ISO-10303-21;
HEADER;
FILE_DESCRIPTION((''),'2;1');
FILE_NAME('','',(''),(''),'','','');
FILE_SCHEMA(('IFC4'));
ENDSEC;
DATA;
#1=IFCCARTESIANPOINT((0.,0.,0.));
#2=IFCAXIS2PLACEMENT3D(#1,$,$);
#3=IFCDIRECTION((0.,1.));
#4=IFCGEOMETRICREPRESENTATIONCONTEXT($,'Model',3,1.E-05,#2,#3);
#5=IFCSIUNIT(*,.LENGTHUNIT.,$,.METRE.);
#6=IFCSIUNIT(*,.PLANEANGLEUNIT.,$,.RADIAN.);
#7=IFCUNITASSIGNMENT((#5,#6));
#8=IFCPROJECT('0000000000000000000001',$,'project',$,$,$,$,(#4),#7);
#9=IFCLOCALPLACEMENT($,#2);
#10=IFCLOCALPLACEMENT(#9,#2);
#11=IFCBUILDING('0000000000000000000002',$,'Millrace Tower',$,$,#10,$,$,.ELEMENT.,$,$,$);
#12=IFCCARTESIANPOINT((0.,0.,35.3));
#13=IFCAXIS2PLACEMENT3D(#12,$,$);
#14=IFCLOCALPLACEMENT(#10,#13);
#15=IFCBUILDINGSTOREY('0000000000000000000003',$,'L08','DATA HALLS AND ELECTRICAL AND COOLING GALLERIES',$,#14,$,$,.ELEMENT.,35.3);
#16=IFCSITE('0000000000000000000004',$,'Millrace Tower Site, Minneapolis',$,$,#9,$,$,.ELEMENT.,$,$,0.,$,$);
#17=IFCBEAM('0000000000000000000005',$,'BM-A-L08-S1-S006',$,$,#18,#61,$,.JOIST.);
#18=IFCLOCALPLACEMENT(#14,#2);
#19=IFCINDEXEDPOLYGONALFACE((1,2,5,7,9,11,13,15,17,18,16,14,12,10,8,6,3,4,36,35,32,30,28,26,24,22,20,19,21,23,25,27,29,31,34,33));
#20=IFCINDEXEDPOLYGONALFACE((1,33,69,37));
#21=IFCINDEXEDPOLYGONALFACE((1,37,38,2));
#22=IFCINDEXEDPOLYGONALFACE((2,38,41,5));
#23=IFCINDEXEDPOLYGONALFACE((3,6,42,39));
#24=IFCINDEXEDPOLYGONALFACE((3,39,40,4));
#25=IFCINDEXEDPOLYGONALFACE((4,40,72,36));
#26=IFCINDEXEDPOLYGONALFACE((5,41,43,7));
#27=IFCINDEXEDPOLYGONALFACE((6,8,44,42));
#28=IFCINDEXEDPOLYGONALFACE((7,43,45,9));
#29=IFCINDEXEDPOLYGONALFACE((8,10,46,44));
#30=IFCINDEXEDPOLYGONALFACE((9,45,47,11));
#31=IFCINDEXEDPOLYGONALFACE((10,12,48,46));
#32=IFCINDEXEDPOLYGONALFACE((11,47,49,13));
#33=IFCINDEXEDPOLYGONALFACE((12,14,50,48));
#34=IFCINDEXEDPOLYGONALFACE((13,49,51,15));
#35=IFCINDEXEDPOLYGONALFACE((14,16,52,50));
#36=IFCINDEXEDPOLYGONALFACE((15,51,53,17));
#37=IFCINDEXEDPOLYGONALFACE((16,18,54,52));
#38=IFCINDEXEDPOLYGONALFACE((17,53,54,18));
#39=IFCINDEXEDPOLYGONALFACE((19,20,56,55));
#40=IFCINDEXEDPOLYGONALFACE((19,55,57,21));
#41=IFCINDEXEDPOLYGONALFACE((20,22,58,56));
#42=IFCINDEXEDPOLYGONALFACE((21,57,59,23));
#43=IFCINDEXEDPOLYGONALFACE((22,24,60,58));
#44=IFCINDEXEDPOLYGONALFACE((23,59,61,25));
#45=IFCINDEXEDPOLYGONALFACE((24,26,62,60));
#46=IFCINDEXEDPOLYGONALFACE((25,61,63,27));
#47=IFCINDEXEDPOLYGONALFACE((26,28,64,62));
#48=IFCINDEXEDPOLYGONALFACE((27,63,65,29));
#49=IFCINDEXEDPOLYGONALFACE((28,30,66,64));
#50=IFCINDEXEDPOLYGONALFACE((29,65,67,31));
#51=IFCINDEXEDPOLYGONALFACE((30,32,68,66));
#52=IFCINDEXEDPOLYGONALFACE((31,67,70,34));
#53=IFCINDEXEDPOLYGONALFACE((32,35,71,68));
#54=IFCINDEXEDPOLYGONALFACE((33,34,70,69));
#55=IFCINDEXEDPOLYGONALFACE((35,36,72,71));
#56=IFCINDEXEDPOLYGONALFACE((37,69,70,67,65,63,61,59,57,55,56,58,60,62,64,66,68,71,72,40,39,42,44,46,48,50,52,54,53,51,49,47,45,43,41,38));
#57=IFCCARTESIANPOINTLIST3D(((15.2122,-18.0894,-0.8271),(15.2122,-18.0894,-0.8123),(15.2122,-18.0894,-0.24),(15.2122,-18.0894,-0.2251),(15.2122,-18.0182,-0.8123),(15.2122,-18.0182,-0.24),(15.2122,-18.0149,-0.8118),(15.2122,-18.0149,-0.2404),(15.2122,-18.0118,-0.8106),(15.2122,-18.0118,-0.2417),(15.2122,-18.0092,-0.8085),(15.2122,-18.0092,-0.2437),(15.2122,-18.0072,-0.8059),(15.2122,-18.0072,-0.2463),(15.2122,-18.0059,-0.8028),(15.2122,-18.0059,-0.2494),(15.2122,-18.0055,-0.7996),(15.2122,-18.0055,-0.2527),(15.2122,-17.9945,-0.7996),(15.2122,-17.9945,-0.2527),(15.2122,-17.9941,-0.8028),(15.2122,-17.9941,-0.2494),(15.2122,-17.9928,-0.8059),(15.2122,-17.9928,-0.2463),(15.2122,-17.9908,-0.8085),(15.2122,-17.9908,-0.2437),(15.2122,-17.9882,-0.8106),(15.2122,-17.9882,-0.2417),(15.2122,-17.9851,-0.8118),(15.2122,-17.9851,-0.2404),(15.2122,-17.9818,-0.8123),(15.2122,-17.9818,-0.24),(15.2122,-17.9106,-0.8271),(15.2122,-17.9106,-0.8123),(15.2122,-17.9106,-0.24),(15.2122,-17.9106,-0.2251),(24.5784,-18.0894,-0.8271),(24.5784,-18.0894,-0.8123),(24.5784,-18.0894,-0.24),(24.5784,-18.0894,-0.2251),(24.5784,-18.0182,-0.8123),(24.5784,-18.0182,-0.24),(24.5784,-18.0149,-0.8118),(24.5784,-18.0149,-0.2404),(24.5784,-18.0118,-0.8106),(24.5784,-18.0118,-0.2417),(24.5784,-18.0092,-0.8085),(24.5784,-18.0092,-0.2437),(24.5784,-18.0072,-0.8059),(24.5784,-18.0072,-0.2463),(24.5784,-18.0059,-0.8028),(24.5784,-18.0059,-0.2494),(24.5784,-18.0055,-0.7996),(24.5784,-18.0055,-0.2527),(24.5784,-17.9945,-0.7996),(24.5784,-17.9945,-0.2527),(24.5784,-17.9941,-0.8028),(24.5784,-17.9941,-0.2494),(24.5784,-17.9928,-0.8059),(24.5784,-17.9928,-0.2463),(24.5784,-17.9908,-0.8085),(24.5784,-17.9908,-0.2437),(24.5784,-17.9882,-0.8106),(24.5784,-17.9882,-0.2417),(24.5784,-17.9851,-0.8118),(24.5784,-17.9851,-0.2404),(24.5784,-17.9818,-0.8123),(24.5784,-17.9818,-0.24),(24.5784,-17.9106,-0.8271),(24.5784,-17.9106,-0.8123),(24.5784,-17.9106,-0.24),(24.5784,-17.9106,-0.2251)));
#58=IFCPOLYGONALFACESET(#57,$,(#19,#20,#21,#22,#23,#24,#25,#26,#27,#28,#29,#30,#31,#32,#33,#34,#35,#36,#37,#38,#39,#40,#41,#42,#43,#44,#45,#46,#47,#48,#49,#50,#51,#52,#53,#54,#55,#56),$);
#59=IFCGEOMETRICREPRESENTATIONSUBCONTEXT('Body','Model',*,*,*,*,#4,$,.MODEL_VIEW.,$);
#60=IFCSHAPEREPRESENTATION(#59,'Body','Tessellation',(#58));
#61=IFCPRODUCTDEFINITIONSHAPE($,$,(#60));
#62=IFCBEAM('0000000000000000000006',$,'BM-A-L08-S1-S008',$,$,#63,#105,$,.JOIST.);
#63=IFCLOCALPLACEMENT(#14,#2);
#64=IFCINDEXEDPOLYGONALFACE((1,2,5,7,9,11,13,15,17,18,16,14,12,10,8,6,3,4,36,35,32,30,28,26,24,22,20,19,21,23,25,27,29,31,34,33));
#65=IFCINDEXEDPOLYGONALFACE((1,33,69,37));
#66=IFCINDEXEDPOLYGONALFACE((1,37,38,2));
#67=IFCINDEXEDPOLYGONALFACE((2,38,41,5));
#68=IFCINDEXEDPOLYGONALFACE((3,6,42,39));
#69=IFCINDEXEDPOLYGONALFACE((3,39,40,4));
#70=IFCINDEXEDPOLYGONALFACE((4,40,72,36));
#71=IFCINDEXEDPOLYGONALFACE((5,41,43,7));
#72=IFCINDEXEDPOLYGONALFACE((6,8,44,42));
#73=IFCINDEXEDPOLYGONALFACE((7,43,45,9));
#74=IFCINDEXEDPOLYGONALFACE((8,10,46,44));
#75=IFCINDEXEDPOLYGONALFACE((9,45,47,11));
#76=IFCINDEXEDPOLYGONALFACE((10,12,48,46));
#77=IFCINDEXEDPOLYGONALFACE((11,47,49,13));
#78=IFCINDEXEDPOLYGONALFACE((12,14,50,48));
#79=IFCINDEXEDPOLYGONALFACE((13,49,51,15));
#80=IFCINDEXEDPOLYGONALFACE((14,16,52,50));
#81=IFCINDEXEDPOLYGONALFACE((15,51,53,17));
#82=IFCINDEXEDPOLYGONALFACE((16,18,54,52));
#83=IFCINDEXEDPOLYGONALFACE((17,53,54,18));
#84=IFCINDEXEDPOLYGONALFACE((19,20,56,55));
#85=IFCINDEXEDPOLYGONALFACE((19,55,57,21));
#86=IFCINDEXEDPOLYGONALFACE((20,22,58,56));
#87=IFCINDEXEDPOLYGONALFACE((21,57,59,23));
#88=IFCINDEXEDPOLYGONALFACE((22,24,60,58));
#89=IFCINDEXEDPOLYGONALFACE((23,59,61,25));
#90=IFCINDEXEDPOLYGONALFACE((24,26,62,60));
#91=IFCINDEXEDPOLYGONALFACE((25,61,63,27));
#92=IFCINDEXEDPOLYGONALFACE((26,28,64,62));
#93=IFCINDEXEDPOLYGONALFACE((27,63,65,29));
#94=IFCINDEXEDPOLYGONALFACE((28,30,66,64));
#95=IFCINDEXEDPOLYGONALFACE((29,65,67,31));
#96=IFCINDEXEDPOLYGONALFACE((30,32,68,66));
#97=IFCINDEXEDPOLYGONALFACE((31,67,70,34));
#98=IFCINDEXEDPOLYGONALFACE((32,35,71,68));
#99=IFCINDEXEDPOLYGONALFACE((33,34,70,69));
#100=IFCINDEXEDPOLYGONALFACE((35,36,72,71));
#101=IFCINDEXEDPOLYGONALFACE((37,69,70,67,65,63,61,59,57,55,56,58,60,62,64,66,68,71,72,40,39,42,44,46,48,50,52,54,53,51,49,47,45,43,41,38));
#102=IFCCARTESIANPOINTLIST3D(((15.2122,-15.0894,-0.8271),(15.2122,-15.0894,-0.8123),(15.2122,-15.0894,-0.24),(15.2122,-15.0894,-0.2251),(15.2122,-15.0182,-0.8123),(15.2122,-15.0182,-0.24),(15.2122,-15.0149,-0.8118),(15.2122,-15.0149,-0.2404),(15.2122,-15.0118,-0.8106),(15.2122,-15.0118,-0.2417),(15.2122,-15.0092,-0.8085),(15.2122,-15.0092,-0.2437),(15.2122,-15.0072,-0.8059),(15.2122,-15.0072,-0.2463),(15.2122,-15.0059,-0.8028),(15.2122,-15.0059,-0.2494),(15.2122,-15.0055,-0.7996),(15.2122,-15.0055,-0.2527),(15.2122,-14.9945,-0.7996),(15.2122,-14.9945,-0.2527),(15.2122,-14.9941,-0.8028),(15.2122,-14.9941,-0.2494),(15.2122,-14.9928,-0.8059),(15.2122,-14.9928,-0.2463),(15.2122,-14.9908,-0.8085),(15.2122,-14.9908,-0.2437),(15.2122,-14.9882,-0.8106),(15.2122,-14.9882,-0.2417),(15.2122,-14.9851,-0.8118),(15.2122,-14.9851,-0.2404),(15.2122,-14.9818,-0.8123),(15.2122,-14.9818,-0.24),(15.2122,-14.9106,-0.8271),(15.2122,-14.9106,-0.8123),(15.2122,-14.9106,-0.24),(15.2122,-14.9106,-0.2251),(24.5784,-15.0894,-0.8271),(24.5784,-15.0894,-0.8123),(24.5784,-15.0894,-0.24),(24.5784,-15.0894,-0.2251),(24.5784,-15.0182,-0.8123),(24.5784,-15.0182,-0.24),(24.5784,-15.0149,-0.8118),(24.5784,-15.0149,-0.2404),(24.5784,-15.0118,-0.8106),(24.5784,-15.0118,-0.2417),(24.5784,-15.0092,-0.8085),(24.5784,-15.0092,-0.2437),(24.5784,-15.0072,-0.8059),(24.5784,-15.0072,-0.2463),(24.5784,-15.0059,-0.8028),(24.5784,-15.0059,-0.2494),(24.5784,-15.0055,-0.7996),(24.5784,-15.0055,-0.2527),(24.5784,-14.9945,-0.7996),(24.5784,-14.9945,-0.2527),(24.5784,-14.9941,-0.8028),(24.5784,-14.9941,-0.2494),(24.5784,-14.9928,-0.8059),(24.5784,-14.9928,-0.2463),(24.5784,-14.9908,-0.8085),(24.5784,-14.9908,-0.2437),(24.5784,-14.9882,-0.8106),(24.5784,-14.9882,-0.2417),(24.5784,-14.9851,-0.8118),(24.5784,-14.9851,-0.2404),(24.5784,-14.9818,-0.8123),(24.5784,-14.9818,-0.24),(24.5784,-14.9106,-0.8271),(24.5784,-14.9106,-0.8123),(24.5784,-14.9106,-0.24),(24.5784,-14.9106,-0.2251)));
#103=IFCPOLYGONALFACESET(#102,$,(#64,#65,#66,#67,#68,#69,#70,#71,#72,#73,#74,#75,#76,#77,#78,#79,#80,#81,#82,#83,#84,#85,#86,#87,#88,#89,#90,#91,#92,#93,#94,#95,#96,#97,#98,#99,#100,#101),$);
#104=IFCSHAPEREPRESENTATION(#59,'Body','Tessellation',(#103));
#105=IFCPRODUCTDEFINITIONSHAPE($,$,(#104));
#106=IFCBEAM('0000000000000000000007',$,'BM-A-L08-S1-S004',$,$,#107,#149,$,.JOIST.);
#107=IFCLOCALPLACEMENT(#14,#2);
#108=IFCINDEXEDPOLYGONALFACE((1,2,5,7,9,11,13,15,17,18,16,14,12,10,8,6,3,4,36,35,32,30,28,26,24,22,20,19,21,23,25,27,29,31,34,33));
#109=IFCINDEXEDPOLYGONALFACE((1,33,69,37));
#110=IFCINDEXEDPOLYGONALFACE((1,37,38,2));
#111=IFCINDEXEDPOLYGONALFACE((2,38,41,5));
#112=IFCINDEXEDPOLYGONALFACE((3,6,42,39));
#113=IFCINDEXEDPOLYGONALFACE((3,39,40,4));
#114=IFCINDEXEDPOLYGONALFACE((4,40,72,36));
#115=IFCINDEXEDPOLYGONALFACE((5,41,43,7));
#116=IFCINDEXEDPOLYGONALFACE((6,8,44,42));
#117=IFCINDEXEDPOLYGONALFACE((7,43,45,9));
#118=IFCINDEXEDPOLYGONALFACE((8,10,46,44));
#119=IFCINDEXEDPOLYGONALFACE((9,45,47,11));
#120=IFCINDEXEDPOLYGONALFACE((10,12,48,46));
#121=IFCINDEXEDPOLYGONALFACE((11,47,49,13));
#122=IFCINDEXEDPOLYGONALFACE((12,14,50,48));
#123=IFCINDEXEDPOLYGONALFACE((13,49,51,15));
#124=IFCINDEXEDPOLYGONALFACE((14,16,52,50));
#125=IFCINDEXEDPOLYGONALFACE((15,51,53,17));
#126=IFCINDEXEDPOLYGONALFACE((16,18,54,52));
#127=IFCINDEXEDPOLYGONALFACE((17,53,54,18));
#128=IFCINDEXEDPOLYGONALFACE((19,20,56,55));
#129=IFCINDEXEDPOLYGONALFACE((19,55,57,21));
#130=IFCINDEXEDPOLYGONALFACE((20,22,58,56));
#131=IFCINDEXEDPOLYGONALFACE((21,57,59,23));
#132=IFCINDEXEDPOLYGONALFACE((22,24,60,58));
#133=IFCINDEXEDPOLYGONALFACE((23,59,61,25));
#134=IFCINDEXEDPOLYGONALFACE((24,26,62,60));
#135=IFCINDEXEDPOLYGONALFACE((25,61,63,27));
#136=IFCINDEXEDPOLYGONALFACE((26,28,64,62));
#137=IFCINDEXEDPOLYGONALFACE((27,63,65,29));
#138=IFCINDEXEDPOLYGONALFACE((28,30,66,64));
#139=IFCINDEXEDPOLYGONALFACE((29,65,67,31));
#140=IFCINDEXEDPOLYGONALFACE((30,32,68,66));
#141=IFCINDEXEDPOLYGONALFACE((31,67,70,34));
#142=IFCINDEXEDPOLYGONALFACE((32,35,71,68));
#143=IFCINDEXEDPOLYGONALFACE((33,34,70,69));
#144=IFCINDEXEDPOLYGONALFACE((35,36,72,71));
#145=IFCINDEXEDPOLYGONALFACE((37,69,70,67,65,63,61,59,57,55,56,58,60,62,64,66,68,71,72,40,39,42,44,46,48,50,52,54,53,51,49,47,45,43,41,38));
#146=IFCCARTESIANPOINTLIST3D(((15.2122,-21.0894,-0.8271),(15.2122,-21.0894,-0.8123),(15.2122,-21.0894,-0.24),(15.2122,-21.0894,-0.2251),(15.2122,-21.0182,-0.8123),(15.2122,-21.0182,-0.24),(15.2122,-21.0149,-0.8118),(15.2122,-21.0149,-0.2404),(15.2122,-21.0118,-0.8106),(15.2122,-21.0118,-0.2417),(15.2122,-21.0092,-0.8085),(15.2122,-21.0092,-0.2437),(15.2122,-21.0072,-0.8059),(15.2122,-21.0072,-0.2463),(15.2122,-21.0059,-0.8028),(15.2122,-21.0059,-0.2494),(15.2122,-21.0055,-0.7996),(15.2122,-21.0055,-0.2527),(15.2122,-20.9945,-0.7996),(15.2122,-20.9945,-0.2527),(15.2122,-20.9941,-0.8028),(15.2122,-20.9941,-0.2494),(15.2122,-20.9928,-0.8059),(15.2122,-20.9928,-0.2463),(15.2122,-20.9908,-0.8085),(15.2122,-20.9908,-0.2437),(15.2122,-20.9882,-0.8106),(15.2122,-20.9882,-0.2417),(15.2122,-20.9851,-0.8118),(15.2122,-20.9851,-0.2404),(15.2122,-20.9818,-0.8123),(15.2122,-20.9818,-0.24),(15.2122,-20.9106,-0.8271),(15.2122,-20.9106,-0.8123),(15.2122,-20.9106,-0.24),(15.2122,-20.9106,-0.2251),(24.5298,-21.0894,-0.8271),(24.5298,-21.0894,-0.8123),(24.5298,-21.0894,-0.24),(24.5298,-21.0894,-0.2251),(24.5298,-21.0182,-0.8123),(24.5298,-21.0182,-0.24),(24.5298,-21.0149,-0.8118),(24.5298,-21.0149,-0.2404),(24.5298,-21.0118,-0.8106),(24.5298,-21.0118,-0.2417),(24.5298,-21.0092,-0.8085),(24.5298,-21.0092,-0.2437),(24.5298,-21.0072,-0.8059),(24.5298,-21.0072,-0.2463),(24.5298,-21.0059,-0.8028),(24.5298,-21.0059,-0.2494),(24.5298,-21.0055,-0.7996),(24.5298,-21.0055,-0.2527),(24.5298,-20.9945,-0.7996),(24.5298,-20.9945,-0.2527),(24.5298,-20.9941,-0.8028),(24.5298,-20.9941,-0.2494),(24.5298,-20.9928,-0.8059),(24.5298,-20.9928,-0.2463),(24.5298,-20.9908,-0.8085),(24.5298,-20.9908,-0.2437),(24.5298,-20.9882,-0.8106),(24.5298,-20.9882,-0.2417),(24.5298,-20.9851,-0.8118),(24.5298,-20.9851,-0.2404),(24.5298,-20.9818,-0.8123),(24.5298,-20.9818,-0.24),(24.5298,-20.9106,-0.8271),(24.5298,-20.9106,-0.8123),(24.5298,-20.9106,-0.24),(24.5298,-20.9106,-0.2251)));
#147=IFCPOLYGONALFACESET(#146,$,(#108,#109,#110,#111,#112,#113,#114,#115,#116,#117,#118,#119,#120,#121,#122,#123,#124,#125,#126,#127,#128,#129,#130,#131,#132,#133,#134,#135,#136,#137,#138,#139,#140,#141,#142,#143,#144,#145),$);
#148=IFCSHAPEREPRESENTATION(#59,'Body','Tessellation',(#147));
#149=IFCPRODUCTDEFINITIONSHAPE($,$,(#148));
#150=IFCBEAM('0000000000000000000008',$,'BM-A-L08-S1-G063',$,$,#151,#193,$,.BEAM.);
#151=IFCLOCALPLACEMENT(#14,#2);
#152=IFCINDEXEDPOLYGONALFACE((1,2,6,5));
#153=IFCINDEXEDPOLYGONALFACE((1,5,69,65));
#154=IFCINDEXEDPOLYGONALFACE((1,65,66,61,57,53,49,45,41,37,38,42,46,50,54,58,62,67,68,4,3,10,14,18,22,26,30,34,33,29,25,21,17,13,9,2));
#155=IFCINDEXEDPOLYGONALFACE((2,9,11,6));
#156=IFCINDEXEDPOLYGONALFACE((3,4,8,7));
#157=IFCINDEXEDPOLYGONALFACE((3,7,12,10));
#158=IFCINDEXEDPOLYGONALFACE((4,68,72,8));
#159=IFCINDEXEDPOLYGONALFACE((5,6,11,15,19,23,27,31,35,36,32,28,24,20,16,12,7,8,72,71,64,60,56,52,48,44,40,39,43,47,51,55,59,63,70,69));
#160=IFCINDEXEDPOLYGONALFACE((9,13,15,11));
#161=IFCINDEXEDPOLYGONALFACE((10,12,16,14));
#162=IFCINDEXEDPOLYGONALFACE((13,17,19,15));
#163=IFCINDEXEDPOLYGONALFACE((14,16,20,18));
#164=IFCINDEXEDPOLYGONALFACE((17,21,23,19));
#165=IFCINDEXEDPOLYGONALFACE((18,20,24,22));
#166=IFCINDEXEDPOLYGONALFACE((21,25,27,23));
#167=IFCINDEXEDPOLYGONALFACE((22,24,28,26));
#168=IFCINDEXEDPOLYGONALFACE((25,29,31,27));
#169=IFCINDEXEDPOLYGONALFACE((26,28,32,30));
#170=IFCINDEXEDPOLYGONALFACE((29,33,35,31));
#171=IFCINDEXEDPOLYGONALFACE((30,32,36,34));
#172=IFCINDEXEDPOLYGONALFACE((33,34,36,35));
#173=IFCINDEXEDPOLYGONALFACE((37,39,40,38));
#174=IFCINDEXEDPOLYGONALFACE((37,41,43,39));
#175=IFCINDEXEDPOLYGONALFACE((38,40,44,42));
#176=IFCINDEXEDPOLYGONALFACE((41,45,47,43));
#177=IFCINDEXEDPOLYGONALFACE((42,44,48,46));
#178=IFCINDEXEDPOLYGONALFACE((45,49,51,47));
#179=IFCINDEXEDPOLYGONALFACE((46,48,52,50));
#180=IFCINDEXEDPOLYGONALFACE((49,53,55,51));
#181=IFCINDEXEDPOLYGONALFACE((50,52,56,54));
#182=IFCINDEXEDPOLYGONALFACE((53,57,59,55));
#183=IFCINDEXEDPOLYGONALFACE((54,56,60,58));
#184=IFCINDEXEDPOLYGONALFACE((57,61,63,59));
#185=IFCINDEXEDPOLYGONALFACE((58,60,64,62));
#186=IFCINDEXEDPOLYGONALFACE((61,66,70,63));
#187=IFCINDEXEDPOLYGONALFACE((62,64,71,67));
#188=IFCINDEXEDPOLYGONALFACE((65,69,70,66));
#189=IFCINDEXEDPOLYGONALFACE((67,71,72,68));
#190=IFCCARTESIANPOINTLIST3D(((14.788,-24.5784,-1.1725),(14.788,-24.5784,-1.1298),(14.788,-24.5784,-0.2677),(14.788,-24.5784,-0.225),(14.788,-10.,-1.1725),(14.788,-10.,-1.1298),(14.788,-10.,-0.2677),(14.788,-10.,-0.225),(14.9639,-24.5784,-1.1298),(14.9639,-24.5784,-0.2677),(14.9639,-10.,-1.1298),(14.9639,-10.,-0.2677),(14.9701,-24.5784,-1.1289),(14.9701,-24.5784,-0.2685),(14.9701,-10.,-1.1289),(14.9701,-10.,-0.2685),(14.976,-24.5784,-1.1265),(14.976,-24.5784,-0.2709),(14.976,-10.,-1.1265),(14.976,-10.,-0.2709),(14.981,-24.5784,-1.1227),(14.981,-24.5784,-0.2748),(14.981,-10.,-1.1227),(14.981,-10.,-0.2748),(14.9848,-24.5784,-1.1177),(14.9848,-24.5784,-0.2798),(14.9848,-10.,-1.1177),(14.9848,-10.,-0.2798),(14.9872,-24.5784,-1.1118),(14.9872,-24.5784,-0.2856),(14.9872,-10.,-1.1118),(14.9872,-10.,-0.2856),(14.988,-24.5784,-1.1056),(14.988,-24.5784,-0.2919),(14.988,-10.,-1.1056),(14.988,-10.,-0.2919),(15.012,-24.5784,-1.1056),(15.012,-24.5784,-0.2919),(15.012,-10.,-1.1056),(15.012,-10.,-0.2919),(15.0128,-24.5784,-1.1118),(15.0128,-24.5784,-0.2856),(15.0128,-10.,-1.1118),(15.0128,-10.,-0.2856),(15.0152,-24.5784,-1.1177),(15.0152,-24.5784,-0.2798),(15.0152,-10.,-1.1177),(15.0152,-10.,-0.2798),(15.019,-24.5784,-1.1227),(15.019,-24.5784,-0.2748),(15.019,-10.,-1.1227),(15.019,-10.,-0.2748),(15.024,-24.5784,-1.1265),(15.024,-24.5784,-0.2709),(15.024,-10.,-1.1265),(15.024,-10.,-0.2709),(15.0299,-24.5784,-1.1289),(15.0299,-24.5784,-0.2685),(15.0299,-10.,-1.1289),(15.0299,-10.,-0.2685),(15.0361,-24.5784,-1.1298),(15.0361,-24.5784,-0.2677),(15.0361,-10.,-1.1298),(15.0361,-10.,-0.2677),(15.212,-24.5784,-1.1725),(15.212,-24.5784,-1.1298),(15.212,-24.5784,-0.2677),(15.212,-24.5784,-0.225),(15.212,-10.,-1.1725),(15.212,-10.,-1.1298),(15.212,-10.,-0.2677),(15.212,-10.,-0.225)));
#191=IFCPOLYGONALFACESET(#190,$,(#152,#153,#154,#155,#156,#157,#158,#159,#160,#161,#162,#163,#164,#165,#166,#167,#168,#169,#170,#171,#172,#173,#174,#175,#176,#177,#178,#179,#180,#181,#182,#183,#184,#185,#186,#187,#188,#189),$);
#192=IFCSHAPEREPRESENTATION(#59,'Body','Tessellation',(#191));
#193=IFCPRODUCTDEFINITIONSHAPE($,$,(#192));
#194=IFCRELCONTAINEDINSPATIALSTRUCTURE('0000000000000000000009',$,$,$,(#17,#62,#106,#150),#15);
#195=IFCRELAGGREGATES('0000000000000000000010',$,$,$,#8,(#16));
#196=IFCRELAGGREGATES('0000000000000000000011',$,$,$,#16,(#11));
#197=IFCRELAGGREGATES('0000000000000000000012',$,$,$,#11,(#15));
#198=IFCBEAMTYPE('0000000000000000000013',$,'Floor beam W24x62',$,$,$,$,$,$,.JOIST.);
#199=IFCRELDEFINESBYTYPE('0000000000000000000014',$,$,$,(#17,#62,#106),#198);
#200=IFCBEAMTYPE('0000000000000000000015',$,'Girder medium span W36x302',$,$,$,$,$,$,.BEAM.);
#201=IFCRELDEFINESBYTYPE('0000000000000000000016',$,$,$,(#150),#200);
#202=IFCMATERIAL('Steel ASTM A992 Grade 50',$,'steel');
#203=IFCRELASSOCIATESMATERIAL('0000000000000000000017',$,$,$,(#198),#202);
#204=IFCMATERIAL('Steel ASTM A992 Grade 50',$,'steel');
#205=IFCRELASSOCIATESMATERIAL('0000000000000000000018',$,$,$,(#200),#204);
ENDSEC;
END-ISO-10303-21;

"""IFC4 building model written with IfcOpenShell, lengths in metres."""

from ifc_helpers import new_model, si_unit, direction, frame, origin, origin_2d, place, context, subcontext, project, spatial, i_section, extrude, material, material_profile, profile_set, type_object, element, save


model = new_model("IFC4")

# Units and contexts
model_context = context("Model", 3, precision=1e-05, world=origin(), true_north=direction((0.0, 1.0)))
body_context = subcontext(model_context, "Body", "Model", "MODEL_VIEW")
ifc_project = project(units=[si_unit("LENGTHUNIT", "METRE"), si_unit("PLANEANGLEUNIT", "RADIAN")], contexts=[model_context])

# Site, building, storey
site_placement = place(None, origin())
site = spatial("IfcSite", under=ifc_project, at=site_placement, Name="Millrace Tower Site, Minneapolis", CompositionType="ELEMENT", RefElevation=0.0)
building_placement = place(site_placement, origin())
building = spatial("IfcBuilding", under=site, at=building_placement, Name="Millrace Tower", CompositionType="ELEMENT")
storey_placement = place(building_placement, frame((0.0, 0.0, 35.3)))
storey = spatial("IfcBuildingStorey", under=building, at=storey_placement, Name="L08", Description="DATA HALLS AND ELECTRICAL AND COOLING GALLERIES", CompositionType="ELEMENT", Elevation=35.3)

# Beams
ifc_material_1 = material(Name="Steel ASTM A992 Grade 50", Category="steel")
ifc_material_profile_1 = material_profile(ifc_material_1, i_section(OverallWidth=0.1787, OverallDepth=0.6021, WebThickness=0.011, FlangeThickness=0.0149, FilletRadius=0.0127, at=origin_2d()))
ifc_profile_set_1 = profile_set([ifc_material_profile_1], Name="Steel ASTM A992 Grade 50")
beam_type_1 = type_object("IfcBeamType", Name="Floor beam W24x62", PredefinedType="JOIST", material=ifc_profile_set_1)
for number, where, z_axis, x_axis, name in (
    (1, (15.2122, -18.0, -0.5261), (1.0, 0.0, 0.0), (0.0, 1.0, 0.0), "BM-A-L08-S1-S006"),
    (2, (15.2122, -15.0, -0.5261), (1.0, 0.0, 0.0), (0.0, 1.0, 0.0), "BM-A-L08-S1-S008"),
):
    element("IfcBeam", number, at=place(storey_placement, frame(where, z_axis=z_axis, x_axis=x_axis)), inside=storey, type_object=beam_type_1, Name=name, PredefinedType="JOIST", context=body_context, shape_type="SweptSolid", body=[
        extrude(i_section(OverallWidth=0.1787, OverallDepth=0.6021, WebThickness=0.011, FlangeThickness=0.0149, FilletRadius=0.0127, at=origin_2d()), origin(), (0.0, 0.0, 1.0), 9.3662),
    ])
beam_1_placement = place(storey_placement, frame((15.2122, -21.0, -0.5261), z_axis=(1.0, 0.0, 0.0), x_axis=(0.0, 1.0, 0.0)))
element("IfcBeam", 3, at=beam_1_placement, inside=storey, type_object=beam_type_1, Name="BM-A-L08-S1-S004", PredefinedType="JOIST", context=body_context, shape_type="SweptSolid", body=[
    extrude(i_section(OverallWidth=0.1787, OverallDepth=0.6021, WebThickness=0.011, FlangeThickness=0.0149, FilletRadius=0.0127, at=origin_2d()), origin(), (0.0, 0.0, 1.0), 9.3176),
])
ifc_material_2 = material(Name="Steel ASTM A992 Grade 50", Category="steel")
ifc_material_profile_2 = material_profile(ifc_material_2, i_section(OverallWidth=0.4241, OverallDepth=0.9475, WebThickness=0.0239, FlangeThickness=0.0427, FilletRadius=0.0242, at=origin_2d()))
ifc_profile_set_2 = profile_set([ifc_material_profile_2], Name="Steel ASTM A992 Grade 50")
beam_type_2 = type_object("IfcBeamType", Name="Girder medium span W36x302", PredefinedType="BEAM", material=ifc_profile_set_2)
beam_2_placement = place(storey_placement, frame((15.0, -24.5784, -0.6987), z_axis=(0.0, 1.0, 0.0), x_axis=(-1.0, 0.0, 0.0)))
element("IfcBeam", 4, at=beam_2_placement, inside=storey, type_object=beam_type_2, Name="BM-A-L08-S1-G063", PredefinedType="BEAM", context=body_context, shape_type="SweptSolid", body=[
    extrude(i_section(OverallWidth=0.4241, OverallDepth=0.9475, WebThickness=0.0239, FlangeThickness=0.0427, FilletRadius=0.0242, at=origin_2d()), origin(), (0.0, 0.0, 1.0), 14.5784),
])

save(model, "model.ifc")
